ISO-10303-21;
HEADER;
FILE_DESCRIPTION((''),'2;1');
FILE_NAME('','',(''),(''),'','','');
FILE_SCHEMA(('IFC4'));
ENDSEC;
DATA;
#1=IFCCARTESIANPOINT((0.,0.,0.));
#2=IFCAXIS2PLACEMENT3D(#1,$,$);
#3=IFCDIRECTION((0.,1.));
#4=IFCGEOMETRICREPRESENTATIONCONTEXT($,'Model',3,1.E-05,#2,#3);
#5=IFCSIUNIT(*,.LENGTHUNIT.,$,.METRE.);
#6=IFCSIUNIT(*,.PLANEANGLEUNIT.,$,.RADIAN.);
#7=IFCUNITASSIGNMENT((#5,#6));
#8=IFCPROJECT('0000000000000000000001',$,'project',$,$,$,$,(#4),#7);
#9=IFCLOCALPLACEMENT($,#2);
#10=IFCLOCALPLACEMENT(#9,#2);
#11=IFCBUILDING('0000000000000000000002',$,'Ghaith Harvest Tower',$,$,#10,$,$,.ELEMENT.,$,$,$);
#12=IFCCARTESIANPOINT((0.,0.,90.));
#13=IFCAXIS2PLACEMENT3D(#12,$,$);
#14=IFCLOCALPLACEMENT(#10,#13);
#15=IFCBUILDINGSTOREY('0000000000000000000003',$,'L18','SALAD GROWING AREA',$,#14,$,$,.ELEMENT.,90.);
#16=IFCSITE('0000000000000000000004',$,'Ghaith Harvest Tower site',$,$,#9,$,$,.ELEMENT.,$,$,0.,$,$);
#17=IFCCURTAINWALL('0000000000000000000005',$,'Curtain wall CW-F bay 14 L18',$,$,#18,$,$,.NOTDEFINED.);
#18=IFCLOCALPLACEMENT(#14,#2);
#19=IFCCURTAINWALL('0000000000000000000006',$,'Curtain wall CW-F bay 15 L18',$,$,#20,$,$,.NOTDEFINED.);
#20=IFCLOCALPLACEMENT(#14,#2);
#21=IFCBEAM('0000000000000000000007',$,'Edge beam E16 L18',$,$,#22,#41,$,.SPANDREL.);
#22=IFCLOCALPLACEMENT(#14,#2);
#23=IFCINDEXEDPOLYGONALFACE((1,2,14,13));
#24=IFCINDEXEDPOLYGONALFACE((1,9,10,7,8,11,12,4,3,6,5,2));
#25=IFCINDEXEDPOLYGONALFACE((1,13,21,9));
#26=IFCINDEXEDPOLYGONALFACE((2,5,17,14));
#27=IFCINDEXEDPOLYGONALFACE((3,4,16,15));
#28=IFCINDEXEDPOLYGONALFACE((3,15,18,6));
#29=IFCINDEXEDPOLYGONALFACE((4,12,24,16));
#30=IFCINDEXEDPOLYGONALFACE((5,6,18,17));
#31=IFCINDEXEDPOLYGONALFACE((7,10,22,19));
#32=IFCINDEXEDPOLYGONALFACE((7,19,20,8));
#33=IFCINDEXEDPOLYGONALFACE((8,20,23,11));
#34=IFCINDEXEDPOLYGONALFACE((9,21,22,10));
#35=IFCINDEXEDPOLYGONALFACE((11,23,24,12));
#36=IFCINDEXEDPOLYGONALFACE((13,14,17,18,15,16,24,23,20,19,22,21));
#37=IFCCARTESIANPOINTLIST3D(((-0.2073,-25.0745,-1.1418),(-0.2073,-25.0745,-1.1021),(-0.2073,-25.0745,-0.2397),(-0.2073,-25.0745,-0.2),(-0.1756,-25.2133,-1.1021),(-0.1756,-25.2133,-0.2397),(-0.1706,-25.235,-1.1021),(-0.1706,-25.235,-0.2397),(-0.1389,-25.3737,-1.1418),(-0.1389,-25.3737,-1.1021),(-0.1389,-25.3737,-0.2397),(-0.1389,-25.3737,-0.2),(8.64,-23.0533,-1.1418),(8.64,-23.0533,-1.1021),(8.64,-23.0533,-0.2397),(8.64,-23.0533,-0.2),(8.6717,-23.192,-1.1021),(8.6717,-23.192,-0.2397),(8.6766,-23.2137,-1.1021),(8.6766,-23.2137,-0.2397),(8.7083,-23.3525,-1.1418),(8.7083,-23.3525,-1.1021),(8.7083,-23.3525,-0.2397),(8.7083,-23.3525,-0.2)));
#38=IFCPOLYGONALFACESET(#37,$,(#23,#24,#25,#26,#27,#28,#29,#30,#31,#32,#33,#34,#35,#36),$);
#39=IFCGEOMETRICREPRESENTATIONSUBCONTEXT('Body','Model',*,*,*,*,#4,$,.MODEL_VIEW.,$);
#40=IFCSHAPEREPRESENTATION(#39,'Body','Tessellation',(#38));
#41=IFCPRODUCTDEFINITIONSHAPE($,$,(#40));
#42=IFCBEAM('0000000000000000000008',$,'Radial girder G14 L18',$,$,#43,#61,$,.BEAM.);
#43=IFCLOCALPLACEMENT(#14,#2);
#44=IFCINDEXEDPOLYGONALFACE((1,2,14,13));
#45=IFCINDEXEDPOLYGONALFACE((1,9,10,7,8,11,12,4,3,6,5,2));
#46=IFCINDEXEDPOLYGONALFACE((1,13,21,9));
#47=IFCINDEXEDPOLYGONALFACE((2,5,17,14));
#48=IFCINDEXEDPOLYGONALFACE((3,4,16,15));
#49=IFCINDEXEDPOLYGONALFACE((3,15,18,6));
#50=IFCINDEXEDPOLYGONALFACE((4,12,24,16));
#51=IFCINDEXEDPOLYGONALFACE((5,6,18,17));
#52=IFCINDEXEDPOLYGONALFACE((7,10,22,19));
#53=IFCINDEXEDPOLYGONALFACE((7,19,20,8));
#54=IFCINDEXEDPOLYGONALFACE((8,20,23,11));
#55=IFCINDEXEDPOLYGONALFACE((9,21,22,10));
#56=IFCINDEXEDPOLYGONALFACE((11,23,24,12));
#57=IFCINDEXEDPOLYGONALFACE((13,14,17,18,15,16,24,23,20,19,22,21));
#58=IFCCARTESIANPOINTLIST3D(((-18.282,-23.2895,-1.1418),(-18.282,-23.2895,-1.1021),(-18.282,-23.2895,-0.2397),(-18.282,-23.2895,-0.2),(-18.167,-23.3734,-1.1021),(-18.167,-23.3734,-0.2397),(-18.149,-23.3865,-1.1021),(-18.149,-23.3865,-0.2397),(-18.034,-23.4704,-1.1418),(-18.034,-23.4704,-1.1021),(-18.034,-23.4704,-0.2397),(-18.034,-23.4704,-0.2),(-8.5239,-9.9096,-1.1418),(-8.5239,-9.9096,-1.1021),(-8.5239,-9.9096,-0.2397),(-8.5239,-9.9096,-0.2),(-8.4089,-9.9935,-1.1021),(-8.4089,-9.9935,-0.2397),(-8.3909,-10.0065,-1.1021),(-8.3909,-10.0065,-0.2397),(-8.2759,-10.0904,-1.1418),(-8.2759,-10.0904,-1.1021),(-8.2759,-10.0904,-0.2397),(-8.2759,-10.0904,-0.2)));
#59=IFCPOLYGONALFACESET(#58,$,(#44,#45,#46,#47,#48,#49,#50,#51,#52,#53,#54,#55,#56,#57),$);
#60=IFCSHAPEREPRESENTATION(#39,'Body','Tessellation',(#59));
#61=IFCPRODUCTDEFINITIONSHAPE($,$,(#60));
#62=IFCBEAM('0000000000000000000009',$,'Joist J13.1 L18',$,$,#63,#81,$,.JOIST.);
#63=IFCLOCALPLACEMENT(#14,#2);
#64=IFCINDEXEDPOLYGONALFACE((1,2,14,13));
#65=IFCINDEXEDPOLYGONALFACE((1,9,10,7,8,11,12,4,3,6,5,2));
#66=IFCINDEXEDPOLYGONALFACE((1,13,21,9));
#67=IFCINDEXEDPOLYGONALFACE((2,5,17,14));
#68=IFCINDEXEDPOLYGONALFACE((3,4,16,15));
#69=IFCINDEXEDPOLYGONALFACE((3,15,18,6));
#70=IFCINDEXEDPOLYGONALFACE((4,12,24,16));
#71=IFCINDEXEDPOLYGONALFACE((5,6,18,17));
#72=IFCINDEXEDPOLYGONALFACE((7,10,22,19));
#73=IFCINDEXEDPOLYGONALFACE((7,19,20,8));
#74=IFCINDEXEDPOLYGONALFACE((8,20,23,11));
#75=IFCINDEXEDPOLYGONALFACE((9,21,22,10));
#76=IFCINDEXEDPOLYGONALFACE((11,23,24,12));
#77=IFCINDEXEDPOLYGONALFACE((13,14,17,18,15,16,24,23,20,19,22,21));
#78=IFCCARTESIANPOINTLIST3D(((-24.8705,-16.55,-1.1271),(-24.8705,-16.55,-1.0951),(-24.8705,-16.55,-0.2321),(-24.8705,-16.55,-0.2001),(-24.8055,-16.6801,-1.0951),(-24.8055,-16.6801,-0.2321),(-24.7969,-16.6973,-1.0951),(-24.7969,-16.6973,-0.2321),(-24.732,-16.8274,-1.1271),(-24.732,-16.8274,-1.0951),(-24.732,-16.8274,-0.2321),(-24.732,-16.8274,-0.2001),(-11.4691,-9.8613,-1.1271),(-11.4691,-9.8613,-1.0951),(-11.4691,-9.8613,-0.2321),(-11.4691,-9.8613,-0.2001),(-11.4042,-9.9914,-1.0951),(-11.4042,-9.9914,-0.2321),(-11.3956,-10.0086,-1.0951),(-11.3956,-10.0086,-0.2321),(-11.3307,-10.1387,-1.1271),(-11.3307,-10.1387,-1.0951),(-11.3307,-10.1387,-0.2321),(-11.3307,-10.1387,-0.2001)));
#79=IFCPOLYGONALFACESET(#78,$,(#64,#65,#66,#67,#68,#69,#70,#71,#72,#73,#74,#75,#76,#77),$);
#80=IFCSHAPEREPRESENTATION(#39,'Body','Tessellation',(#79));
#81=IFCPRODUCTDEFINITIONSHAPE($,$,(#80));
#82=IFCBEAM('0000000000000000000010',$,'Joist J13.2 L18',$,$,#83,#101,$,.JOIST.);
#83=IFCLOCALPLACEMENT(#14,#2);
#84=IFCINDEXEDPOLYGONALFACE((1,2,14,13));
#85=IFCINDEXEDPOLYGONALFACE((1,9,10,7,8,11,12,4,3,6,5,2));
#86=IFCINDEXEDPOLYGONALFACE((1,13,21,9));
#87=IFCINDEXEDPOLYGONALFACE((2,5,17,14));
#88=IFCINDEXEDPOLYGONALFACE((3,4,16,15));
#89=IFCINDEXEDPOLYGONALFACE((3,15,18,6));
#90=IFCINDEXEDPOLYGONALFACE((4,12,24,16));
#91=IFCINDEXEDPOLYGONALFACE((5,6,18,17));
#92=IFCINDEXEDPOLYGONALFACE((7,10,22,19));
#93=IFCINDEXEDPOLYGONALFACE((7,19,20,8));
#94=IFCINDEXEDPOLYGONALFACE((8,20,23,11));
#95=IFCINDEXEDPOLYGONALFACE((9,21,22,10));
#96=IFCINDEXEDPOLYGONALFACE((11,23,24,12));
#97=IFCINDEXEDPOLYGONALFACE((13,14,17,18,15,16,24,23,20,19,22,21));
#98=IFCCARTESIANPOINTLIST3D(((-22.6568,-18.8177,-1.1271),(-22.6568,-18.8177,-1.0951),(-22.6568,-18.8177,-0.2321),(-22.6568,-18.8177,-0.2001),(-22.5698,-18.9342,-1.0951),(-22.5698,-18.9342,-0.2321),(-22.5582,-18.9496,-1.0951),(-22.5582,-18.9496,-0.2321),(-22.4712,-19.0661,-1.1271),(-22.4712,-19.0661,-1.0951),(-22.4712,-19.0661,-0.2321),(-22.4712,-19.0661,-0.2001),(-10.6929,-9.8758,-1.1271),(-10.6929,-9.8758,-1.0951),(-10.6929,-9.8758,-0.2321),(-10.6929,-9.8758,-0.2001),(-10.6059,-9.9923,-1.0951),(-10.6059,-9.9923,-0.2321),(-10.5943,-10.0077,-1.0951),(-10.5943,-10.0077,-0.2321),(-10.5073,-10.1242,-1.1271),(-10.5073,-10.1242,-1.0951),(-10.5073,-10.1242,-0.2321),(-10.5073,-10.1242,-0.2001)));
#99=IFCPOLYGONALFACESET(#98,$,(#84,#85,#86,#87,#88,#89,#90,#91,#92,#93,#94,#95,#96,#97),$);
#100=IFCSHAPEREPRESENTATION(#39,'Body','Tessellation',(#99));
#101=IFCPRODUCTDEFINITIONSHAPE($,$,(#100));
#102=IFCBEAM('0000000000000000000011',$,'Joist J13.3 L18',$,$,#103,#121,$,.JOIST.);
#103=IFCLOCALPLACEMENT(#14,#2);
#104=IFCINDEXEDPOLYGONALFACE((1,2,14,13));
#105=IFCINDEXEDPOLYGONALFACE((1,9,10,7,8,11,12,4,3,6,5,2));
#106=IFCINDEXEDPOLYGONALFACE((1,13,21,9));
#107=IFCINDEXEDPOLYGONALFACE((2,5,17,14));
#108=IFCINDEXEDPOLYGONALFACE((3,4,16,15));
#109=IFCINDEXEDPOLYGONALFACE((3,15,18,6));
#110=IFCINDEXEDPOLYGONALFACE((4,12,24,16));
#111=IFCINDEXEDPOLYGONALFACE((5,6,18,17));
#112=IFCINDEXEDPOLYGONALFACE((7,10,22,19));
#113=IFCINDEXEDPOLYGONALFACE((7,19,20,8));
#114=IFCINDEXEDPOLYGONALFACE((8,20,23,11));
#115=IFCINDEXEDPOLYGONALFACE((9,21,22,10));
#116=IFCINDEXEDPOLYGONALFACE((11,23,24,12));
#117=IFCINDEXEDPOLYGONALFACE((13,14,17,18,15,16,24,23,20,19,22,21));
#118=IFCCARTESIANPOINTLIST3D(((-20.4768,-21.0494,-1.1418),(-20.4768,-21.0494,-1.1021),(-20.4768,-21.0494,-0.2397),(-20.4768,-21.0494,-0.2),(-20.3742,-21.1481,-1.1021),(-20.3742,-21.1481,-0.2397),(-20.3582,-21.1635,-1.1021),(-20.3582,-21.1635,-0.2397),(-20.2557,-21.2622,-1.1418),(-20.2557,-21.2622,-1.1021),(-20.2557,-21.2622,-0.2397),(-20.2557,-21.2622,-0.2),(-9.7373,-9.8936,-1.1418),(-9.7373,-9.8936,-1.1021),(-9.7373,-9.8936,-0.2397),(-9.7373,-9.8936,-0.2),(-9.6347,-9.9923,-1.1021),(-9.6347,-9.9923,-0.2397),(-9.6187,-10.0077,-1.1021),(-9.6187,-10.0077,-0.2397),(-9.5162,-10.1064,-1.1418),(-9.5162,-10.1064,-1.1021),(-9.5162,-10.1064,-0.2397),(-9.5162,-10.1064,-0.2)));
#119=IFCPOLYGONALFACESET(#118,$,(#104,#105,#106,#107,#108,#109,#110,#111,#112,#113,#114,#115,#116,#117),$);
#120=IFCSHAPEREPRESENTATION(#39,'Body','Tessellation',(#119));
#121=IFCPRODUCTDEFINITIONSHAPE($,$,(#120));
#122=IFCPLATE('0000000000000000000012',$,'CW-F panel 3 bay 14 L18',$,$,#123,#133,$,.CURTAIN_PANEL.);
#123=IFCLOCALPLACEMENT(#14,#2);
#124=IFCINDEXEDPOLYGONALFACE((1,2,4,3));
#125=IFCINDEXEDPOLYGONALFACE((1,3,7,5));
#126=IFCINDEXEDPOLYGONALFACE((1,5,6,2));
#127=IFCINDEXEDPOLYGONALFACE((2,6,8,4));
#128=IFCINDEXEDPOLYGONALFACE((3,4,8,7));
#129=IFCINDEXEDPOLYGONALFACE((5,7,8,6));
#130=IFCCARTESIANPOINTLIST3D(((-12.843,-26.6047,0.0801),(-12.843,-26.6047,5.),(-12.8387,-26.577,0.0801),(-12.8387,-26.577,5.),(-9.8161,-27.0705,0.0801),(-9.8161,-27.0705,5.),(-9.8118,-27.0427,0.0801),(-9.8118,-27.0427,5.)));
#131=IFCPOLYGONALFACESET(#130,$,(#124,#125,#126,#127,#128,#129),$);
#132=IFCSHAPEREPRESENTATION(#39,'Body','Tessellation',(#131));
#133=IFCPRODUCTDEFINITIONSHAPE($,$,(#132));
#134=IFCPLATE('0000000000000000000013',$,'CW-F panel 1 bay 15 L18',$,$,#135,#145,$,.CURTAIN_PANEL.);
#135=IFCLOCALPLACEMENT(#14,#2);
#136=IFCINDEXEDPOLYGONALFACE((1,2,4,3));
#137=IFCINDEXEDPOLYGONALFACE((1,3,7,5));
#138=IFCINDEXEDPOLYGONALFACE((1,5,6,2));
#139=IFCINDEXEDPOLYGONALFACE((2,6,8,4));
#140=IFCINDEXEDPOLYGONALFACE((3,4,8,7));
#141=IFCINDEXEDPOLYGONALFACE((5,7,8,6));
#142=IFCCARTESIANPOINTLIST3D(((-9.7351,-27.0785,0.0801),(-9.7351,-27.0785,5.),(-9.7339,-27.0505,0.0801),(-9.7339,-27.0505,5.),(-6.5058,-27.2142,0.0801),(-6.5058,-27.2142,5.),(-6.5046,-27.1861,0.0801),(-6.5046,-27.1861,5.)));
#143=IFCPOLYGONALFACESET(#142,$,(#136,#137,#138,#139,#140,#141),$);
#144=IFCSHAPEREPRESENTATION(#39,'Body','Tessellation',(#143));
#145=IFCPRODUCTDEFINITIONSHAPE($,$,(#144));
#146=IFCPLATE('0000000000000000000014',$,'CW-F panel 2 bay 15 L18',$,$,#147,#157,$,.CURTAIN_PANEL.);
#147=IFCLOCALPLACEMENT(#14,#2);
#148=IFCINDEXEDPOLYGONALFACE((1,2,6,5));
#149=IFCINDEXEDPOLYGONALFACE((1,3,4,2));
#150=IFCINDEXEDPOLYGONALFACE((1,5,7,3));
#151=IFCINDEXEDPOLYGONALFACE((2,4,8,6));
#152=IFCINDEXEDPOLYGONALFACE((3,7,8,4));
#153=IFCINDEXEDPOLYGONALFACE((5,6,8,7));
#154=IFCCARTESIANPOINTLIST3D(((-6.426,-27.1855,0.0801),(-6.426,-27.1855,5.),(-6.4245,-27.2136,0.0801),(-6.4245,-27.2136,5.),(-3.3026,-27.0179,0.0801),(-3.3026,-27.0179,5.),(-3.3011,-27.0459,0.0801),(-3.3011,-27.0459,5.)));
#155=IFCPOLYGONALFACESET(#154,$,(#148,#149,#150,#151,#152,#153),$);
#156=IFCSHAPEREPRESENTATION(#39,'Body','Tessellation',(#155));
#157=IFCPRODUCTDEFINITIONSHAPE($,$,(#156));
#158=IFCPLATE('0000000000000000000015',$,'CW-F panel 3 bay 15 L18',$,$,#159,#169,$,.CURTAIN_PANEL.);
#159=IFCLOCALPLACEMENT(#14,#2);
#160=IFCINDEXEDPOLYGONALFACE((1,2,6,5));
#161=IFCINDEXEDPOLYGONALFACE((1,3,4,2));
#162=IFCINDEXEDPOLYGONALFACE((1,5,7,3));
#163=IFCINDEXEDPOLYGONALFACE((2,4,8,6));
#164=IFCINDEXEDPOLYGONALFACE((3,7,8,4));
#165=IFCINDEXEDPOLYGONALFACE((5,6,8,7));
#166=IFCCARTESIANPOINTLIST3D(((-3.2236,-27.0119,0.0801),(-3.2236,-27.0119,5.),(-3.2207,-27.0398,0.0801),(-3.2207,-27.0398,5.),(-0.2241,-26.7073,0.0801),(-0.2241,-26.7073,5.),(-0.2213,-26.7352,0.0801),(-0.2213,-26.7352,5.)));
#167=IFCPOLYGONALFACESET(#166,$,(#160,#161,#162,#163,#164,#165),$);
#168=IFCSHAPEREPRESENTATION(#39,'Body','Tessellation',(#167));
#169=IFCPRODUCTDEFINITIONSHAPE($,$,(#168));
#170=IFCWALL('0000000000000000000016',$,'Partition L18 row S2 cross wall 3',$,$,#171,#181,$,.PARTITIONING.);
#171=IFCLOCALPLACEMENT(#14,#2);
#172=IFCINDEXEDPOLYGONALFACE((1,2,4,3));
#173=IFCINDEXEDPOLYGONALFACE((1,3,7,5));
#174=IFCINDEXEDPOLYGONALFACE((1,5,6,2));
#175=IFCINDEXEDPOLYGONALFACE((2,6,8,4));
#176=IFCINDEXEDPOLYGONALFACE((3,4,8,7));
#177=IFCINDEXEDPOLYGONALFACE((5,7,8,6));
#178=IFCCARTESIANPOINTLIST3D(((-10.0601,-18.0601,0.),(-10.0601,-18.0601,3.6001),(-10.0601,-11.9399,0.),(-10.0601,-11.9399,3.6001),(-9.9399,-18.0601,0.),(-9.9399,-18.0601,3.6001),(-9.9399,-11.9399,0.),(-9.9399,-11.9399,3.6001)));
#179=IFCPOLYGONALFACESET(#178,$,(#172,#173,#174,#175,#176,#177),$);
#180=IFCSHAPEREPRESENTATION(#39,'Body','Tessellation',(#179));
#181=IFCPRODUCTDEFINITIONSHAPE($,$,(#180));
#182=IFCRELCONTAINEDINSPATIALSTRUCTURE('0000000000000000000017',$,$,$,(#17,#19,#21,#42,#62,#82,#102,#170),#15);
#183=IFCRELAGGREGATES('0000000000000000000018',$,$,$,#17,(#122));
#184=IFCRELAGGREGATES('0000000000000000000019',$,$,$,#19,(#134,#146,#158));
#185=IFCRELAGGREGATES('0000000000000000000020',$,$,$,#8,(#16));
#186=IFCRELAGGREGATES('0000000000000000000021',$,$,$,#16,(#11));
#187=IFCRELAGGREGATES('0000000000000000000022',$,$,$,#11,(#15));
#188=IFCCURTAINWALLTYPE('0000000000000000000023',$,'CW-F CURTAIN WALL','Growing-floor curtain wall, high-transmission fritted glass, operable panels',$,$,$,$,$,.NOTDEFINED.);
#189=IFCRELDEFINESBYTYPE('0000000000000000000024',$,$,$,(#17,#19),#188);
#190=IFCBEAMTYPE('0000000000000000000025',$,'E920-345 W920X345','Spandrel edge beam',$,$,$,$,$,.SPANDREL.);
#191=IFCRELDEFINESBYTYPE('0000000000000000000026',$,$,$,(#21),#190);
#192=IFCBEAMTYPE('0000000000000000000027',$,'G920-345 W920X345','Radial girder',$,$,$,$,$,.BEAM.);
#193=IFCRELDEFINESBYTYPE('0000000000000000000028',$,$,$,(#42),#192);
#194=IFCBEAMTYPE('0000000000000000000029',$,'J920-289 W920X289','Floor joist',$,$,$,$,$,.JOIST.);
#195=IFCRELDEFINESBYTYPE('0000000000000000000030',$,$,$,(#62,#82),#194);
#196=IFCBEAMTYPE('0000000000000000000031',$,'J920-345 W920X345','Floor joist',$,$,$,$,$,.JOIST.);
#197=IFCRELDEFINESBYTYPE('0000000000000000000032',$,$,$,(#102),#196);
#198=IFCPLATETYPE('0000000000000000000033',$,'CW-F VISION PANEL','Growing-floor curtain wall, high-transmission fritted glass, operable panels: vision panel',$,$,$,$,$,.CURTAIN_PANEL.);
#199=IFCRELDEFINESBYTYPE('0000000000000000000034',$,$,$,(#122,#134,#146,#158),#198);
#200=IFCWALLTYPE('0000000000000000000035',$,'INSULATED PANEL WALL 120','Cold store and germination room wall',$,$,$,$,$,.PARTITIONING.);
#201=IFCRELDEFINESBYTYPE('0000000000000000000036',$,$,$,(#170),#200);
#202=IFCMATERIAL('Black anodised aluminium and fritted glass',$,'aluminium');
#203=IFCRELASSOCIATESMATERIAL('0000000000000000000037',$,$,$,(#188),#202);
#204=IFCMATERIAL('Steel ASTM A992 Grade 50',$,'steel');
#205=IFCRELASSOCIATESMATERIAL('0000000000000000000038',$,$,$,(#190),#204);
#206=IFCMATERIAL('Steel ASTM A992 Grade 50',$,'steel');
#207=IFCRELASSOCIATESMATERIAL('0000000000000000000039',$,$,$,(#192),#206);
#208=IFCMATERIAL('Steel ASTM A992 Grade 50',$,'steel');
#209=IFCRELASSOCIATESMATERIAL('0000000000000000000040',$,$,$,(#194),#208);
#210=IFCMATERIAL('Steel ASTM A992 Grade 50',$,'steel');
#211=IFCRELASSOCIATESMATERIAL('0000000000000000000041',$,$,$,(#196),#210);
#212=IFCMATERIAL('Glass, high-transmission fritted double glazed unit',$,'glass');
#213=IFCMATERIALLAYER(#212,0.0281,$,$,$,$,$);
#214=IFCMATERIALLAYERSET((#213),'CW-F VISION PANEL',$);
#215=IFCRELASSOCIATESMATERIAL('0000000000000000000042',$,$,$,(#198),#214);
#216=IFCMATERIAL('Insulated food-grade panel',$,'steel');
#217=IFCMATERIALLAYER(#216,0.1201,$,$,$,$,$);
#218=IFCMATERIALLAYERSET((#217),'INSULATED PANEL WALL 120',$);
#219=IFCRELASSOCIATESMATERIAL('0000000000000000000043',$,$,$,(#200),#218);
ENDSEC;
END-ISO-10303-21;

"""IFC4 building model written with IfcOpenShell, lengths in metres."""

from ifc_helpers import new_model, si_unit, direction, frame, frame_2d, origin, origin_2d, place, context, subcontext, project, spatial, rectangle, i_section, extrude, material, layer, layer_set, material_profile, profile_set, type_object, element, aggregate, save


model = new_model("IFC4")

# Units and contexts
model_context = context("Model", 3, precision=1e-05, world=origin(), true_north=direction((0.0, 1.0)))
body_context = subcontext(model_context, "Body", "Model", "MODEL_VIEW")
ifc_project = project(units=[si_unit("LENGTHUNIT", "METRE"), si_unit("PLANEANGLEUNIT", "RADIAN")], contexts=[model_context])

# Site, building, storey
site_placement = place(None, origin())
site = spatial("IfcSite", under=ifc_project, at=site_placement, Name="Ghaith Harvest Tower site", CompositionType="ELEMENT", RefElevation=0.0)
building_placement = place(site_placement, origin())
building = spatial("IfcBuilding", under=site, at=building_placement, Name="Ghaith Harvest Tower", CompositionType="ELEMENT")
storey_placement = place(building_placement, frame((0.0, 0.0, 90.0)))
storey = spatial("IfcBuildingStorey", under=building, at=storey_placement, Name="L18", Description="SALAD GROWING AREA", CompositionType="ELEMENT", Elevation=90.0)

# Curtain wall
ifc_material_1 = material(Name="Black anodised aluminium and fritted glass", Category="aluminium")
curtain_wall_type = type_object("IfcCurtainWallType", Name="CW-F CURTAIN WALL", Description="Growing-floor curtain wall, high-transmission fritted glass, operable panels", PredefinedType="NOTDEFINED", material=ifc_material_1)
curtain_wall_1_placement = place(storey_placement, origin())
curtain_wall_1 = element("IfcCurtainWall", 1, at=curtain_wall_1_placement, inside=storey, type_object=curtain_wall_type, Name="Curtain wall CW-F bay 14 L18", PredefinedType="NOTDEFINED")

# Curtain wall
curtain_wall_2_placement = place(storey_placement, origin())
curtain_wall_2 = element("IfcCurtainWall", 2, at=curtain_wall_2_placement, inside=storey, type_object=curtain_wall_type, Name="Curtain wall CW-F bay 15 L18", PredefinedType="NOTDEFINED")

# Beams
ifc_material_2 = material(Name="Steel ASTM A992 Grade 50", Category="steel")
ifc_material_profile_1 = material_profile(ifc_material_2, i_section(OverallWidth=0.3069, OverallDepth=0.9419, WebThickness=0.0222, FlangeThickness=0.0398, at=origin_2d()), Name="W920X345")
ifc_profile_set_1 = profile_set([ifc_material_profile_1], Name="Steel ASTM A992 Grade 50")
beam_type_1 = type_object("IfcBeamType", Name="E920-345 W920X345", Description="Spandrel edge beam", PredefinedType="SPANDREL", material=ifc_profile_set_1)
beam_1_placement = place(storey_placement, frame((-0.1731, -25.2241, -0.6709), z_axis=(0.974882, 0.222723, 0.0), x_axis=(-0.222723, 0.974882, 0.0)))
element("IfcBeam", 3, at=beam_1_placement, inside=storey, type_object=beam_type_1, Name="Edge beam E16 L18", PredefinedType="SPANDREL", context=body_context, shape_type="SweptSolid", body=[
    extrude(i_section(OverallWidth=0.3069, OverallDepth=0.9419, WebThickness=0.0222, FlangeThickness=0.0398, at=origin_2d()), origin(), (0.0, 0.0, 1.0), 9.0752),
])
ifc_material_3 = material(Name="Steel ASTM A992 Grade 50", Category="steel")
ifc_material_profile_2 = material_profile(ifc_material_3, i_section(OverallWidth=0.3069, OverallDepth=0.9419, WebThickness=0.0222, FlangeThickness=0.0398, at=origin_2d()), Name="W920X345")
ifc_profile_set_2 = profile_set([ifc_material_profile_2], Name="Steel ASTM A992 Grade 50")
beam_type_2 = type_object("IfcBeamType", Name="G920-345 W920X345", Description="Radial girder", PredefinedType="BEAM", material=ifc_profile_set_2)
beam_2_placement = place(storey_placement, frame((-8.3999, -10.0, -0.6709), z_axis=(-0.589247, -0.807953, 0.0), x_axis=(0.807953, -0.589247, 0.0)))
element("IfcBeam", 4, at=beam_2_placement, inside=storey, type_object=beam_type_2, Name="Radial girder G14 L18", PredefinedType="BEAM", context=body_context, shape_type="SweptSolid", body=[
    extrude(i_section(OverallWidth=0.3069, OverallDepth=0.9419, WebThickness=0.0222, FlangeThickness=0.0398, at=origin_2d()), origin(), (0.0, 0.0, 1.0), 16.5603),
])
ifc_material_4 = material(Name="Steel ASTM A992 Grade 50", Category="steel")
ifc_material_profile_3 = material_profile(ifc_material_4, i_section(OverallWidth=0.3101, OverallDepth=0.927, WebThickness=0.0193, FlangeThickness=0.032, at=origin_2d()), Name="W920X289")
ifc_profile_set_3 = profile_set([ifc_material_profile_3], Name="Steel ASTM A992 Grade 50")
beam_type_3 = type_object("IfcBeamType", Name="J920-289 W920X289", Description="Floor joist", PredefinedType="JOIST", material=ifc_profile_set_3)
beam_3_placement = place(storey_placement, frame((-11.3999, -10.0, -0.6636), z_axis=(-0.894746, -0.446575, 0.0), x_axis=(0.446575, -0.894746, 0.0)))
element("IfcBeam", 5, at=beam_3_placement, inside=storey, type_object=beam_type_3, Name="Joist J13.1 L18", PredefinedType="JOIST", context=body_context, shape_type="SweptSolid", body=[
    extrude(i_section(OverallWidth=0.3101, OverallDepth=0.927, WebThickness=0.0193, FlangeThickness=0.032, at=origin_2d()), origin(), (0.0, 0.0, 1.0), 14.9778),
])
beam_4_placement = place(storey_placement, frame((-10.6001, -10.0, -0.6636), z_axis=(-0.800995, -0.598671, 0.0), x_axis=(0.598671, -0.800995, 0.0)))
element("IfcBeam", 6, at=beam_4_placement, inside=storey, type_object=beam_type_3, Name="Joist J13.2 L18", PredefinedType="JOIST", context=body_context, shape_type="SweptSolid", body=[
    extrude(i_section(OverallWidth=0.3101, OverallDepth=0.927, WebThickness=0.0193, FlangeThickness=0.032, at=origin_2d()), origin(), (0.0, 0.0, 1.0), 14.9363),
])
ifc_material_5 = material(Name="Steel ASTM A992 Grade 50", Category="steel")
ifc_material_profile_4 = material_profile(ifc_material_5, i_section(OverallWidth=0.3069, OverallDepth=0.9419, WebThickness=0.0222, FlangeThickness=0.0398, at=origin_2d()), Name="W920X345")
ifc_profile_set_4 = profile_set([ifc_material_profile_4], Name="Steel ASTM A992 Grade 50")
beam_type_4 = type_object("IfcBeamType", Name="J920-345 W920X345", Description="Floor joist", PredefinedType="JOIST", material=ifc_profile_set_4)
beam_5_placement = place(storey_placement, frame((-9.6267, -10.0, -0.6709), z_axis=(-0.693538, -0.72042, 0.0), x_axis=(0.72042, -0.693538, 0.0)))
element("IfcBeam", 7, at=beam_5_placement, inside=storey, type_object=beam_type_4, Name="Joist J13.3 L18", PredefinedType="JOIST", context=body_context, shape_type="SweptSolid", body=[
    extrude(i_section(OverallWidth=0.3069, OverallDepth=0.9419, WebThickness=0.0222, FlangeThickness=0.0398, at=origin_2d()), origin(), (0.0, 0.0, 1.0), 15.4851),
])

# Plates
ifc_material_6 = material(Name="Glass, high-transmission fritted double glazed unit", Category="glass")
ifc_layer_1 = layer(ifc_material_6, 0.0281)
ifc_layer_set_1 = layer_set([ifc_layer_1], Name="CW-F VISION PANEL")
plate_type = type_object("IfcPlateType", Name="CW-F VISION PANEL", Description="Growing-floor curtain wall, high-transmission fritted glass, operable panels: vision panel", PredefinedType="CURTAIN_PANEL", material=ifc_layer_set_1)
plate_1_placement = place(storey_placement, frame((-11.3274, -26.8237, 0.0801), z_axis=(0.0, 0.0, 1.0), x_axis=(0.98837, -0.152069, 0.0)))
plate_1 = element("IfcPlate", 8, at=plate_1_placement, type_object=plate_type, Name="CW-F panel 3 bay 14 L18", PredefinedType="CURTAIN_PANEL", context=body_context, shape_type="SweptSolid", body=[
    extrude(rectangle(XDim=3.0625, YDim=0.0281, at=origin_2d()), origin(), (0.0, 0.0, 1.0), 4.9199),
])
aggregate(curtain_wall_1, [plate_1])
plate_2_placement = place(storey_placement, frame((-8.1199, -27.1323, 0.0801), z_axis=(0.0, 0.0, 1.0), x_axis=(0.999119, -0.041967, 0.0)))
plate_2 = element("IfcPlate", 9, at=plate_2_placement, type_object=plate_type, Name="CW-F panel 1 bay 15 L18", PredefinedType="CURTAIN_PANEL", context=body_context, shape_type="SweptSolid", body=[
    extrude(rectangle(XDim=3.2322, YDim=0.0281, at=origin_2d()), origin(), (0.0, 0.0, 1.0), 4.9199),
])
plate_3_placement = place(storey_placement, frame((-4.8635, -27.1157, 0.0801), z_axis=(0.0, 0.0, 1.0), x_axis=(0.998563, 0.0536, 0.0)))
plate_3 = element("IfcPlate", 10, at=plate_3_placement, type_object=plate_type, Name="CW-F panel 2 bay 15 L18", PredefinedType="CURTAIN_PANEL", context=body_context, shape_type="SweptSolid", body=[
    extrude(rectangle(XDim=3.1279, YDim=0.0281, at=origin_2d()), origin(), (0.0, 0.0, 1.0), 4.9199),
])
plate_4_placement = place(storey_placement, frame((-1.7224, -26.8735, 0.0801), z_axis=(0.0, 0.0, 1.0), x_axis=(0.994882, 0.101041, 0.0)))
plate_4 = element("IfcPlate", 11, at=plate_4_placement, type_object=plate_type, Name="CW-F panel 3 bay 15 L18", PredefinedType="CURTAIN_PANEL", context=body_context, shape_type="SweptSolid", body=[
    extrude(rectangle(XDim=3.0149, YDim=0.0281, at=origin_2d()), origin(), (0.0, 0.0, 1.0), 4.9199),
])
aggregate(curtain_wall_2, [plate_2, plate_3, plate_4])

# Wall
ifc_material_7 = material(Name="Insulated food-grade panel", Category="steel")
ifc_layer_2 = layer(ifc_material_7, 0.1201)
ifc_layer_set_2 = layer_set([ifc_layer_2], Name="INSULATED PANEL WALL 120")
wall_type_1 = type_object("IfcWallType", Name="INSULATED PANEL WALL 120", Description="Cold store and germination room wall", PredefinedType="PARTITIONING", material=ifc_layer_set_2)
for number, where, z_axis, x_axis, name in (
    (12, (-10.0, -11.9399, 0.0), (0.0, 0.0, 1.0), (0.0, -1.0, 0.0), "Partition L18 row S2 cross wall 3"),
):
    element("IfcWall", number, at=place(storey_placement, frame(where, z_axis=z_axis, x_axis=x_axis)), inside=storey, type_object=wall_type_1, Name=name, PredefinedType="PARTITIONING", context=body_context, shape_type="SweptSolid", body=[
        extrude(rectangle(XDim=6.1201, YDim=0.1201, at=frame_2d((3.0601, 0.0))), origin(), (0.0, 0.0, 1.0), 3.6001),
    ])

save(model, "model.ifc")
